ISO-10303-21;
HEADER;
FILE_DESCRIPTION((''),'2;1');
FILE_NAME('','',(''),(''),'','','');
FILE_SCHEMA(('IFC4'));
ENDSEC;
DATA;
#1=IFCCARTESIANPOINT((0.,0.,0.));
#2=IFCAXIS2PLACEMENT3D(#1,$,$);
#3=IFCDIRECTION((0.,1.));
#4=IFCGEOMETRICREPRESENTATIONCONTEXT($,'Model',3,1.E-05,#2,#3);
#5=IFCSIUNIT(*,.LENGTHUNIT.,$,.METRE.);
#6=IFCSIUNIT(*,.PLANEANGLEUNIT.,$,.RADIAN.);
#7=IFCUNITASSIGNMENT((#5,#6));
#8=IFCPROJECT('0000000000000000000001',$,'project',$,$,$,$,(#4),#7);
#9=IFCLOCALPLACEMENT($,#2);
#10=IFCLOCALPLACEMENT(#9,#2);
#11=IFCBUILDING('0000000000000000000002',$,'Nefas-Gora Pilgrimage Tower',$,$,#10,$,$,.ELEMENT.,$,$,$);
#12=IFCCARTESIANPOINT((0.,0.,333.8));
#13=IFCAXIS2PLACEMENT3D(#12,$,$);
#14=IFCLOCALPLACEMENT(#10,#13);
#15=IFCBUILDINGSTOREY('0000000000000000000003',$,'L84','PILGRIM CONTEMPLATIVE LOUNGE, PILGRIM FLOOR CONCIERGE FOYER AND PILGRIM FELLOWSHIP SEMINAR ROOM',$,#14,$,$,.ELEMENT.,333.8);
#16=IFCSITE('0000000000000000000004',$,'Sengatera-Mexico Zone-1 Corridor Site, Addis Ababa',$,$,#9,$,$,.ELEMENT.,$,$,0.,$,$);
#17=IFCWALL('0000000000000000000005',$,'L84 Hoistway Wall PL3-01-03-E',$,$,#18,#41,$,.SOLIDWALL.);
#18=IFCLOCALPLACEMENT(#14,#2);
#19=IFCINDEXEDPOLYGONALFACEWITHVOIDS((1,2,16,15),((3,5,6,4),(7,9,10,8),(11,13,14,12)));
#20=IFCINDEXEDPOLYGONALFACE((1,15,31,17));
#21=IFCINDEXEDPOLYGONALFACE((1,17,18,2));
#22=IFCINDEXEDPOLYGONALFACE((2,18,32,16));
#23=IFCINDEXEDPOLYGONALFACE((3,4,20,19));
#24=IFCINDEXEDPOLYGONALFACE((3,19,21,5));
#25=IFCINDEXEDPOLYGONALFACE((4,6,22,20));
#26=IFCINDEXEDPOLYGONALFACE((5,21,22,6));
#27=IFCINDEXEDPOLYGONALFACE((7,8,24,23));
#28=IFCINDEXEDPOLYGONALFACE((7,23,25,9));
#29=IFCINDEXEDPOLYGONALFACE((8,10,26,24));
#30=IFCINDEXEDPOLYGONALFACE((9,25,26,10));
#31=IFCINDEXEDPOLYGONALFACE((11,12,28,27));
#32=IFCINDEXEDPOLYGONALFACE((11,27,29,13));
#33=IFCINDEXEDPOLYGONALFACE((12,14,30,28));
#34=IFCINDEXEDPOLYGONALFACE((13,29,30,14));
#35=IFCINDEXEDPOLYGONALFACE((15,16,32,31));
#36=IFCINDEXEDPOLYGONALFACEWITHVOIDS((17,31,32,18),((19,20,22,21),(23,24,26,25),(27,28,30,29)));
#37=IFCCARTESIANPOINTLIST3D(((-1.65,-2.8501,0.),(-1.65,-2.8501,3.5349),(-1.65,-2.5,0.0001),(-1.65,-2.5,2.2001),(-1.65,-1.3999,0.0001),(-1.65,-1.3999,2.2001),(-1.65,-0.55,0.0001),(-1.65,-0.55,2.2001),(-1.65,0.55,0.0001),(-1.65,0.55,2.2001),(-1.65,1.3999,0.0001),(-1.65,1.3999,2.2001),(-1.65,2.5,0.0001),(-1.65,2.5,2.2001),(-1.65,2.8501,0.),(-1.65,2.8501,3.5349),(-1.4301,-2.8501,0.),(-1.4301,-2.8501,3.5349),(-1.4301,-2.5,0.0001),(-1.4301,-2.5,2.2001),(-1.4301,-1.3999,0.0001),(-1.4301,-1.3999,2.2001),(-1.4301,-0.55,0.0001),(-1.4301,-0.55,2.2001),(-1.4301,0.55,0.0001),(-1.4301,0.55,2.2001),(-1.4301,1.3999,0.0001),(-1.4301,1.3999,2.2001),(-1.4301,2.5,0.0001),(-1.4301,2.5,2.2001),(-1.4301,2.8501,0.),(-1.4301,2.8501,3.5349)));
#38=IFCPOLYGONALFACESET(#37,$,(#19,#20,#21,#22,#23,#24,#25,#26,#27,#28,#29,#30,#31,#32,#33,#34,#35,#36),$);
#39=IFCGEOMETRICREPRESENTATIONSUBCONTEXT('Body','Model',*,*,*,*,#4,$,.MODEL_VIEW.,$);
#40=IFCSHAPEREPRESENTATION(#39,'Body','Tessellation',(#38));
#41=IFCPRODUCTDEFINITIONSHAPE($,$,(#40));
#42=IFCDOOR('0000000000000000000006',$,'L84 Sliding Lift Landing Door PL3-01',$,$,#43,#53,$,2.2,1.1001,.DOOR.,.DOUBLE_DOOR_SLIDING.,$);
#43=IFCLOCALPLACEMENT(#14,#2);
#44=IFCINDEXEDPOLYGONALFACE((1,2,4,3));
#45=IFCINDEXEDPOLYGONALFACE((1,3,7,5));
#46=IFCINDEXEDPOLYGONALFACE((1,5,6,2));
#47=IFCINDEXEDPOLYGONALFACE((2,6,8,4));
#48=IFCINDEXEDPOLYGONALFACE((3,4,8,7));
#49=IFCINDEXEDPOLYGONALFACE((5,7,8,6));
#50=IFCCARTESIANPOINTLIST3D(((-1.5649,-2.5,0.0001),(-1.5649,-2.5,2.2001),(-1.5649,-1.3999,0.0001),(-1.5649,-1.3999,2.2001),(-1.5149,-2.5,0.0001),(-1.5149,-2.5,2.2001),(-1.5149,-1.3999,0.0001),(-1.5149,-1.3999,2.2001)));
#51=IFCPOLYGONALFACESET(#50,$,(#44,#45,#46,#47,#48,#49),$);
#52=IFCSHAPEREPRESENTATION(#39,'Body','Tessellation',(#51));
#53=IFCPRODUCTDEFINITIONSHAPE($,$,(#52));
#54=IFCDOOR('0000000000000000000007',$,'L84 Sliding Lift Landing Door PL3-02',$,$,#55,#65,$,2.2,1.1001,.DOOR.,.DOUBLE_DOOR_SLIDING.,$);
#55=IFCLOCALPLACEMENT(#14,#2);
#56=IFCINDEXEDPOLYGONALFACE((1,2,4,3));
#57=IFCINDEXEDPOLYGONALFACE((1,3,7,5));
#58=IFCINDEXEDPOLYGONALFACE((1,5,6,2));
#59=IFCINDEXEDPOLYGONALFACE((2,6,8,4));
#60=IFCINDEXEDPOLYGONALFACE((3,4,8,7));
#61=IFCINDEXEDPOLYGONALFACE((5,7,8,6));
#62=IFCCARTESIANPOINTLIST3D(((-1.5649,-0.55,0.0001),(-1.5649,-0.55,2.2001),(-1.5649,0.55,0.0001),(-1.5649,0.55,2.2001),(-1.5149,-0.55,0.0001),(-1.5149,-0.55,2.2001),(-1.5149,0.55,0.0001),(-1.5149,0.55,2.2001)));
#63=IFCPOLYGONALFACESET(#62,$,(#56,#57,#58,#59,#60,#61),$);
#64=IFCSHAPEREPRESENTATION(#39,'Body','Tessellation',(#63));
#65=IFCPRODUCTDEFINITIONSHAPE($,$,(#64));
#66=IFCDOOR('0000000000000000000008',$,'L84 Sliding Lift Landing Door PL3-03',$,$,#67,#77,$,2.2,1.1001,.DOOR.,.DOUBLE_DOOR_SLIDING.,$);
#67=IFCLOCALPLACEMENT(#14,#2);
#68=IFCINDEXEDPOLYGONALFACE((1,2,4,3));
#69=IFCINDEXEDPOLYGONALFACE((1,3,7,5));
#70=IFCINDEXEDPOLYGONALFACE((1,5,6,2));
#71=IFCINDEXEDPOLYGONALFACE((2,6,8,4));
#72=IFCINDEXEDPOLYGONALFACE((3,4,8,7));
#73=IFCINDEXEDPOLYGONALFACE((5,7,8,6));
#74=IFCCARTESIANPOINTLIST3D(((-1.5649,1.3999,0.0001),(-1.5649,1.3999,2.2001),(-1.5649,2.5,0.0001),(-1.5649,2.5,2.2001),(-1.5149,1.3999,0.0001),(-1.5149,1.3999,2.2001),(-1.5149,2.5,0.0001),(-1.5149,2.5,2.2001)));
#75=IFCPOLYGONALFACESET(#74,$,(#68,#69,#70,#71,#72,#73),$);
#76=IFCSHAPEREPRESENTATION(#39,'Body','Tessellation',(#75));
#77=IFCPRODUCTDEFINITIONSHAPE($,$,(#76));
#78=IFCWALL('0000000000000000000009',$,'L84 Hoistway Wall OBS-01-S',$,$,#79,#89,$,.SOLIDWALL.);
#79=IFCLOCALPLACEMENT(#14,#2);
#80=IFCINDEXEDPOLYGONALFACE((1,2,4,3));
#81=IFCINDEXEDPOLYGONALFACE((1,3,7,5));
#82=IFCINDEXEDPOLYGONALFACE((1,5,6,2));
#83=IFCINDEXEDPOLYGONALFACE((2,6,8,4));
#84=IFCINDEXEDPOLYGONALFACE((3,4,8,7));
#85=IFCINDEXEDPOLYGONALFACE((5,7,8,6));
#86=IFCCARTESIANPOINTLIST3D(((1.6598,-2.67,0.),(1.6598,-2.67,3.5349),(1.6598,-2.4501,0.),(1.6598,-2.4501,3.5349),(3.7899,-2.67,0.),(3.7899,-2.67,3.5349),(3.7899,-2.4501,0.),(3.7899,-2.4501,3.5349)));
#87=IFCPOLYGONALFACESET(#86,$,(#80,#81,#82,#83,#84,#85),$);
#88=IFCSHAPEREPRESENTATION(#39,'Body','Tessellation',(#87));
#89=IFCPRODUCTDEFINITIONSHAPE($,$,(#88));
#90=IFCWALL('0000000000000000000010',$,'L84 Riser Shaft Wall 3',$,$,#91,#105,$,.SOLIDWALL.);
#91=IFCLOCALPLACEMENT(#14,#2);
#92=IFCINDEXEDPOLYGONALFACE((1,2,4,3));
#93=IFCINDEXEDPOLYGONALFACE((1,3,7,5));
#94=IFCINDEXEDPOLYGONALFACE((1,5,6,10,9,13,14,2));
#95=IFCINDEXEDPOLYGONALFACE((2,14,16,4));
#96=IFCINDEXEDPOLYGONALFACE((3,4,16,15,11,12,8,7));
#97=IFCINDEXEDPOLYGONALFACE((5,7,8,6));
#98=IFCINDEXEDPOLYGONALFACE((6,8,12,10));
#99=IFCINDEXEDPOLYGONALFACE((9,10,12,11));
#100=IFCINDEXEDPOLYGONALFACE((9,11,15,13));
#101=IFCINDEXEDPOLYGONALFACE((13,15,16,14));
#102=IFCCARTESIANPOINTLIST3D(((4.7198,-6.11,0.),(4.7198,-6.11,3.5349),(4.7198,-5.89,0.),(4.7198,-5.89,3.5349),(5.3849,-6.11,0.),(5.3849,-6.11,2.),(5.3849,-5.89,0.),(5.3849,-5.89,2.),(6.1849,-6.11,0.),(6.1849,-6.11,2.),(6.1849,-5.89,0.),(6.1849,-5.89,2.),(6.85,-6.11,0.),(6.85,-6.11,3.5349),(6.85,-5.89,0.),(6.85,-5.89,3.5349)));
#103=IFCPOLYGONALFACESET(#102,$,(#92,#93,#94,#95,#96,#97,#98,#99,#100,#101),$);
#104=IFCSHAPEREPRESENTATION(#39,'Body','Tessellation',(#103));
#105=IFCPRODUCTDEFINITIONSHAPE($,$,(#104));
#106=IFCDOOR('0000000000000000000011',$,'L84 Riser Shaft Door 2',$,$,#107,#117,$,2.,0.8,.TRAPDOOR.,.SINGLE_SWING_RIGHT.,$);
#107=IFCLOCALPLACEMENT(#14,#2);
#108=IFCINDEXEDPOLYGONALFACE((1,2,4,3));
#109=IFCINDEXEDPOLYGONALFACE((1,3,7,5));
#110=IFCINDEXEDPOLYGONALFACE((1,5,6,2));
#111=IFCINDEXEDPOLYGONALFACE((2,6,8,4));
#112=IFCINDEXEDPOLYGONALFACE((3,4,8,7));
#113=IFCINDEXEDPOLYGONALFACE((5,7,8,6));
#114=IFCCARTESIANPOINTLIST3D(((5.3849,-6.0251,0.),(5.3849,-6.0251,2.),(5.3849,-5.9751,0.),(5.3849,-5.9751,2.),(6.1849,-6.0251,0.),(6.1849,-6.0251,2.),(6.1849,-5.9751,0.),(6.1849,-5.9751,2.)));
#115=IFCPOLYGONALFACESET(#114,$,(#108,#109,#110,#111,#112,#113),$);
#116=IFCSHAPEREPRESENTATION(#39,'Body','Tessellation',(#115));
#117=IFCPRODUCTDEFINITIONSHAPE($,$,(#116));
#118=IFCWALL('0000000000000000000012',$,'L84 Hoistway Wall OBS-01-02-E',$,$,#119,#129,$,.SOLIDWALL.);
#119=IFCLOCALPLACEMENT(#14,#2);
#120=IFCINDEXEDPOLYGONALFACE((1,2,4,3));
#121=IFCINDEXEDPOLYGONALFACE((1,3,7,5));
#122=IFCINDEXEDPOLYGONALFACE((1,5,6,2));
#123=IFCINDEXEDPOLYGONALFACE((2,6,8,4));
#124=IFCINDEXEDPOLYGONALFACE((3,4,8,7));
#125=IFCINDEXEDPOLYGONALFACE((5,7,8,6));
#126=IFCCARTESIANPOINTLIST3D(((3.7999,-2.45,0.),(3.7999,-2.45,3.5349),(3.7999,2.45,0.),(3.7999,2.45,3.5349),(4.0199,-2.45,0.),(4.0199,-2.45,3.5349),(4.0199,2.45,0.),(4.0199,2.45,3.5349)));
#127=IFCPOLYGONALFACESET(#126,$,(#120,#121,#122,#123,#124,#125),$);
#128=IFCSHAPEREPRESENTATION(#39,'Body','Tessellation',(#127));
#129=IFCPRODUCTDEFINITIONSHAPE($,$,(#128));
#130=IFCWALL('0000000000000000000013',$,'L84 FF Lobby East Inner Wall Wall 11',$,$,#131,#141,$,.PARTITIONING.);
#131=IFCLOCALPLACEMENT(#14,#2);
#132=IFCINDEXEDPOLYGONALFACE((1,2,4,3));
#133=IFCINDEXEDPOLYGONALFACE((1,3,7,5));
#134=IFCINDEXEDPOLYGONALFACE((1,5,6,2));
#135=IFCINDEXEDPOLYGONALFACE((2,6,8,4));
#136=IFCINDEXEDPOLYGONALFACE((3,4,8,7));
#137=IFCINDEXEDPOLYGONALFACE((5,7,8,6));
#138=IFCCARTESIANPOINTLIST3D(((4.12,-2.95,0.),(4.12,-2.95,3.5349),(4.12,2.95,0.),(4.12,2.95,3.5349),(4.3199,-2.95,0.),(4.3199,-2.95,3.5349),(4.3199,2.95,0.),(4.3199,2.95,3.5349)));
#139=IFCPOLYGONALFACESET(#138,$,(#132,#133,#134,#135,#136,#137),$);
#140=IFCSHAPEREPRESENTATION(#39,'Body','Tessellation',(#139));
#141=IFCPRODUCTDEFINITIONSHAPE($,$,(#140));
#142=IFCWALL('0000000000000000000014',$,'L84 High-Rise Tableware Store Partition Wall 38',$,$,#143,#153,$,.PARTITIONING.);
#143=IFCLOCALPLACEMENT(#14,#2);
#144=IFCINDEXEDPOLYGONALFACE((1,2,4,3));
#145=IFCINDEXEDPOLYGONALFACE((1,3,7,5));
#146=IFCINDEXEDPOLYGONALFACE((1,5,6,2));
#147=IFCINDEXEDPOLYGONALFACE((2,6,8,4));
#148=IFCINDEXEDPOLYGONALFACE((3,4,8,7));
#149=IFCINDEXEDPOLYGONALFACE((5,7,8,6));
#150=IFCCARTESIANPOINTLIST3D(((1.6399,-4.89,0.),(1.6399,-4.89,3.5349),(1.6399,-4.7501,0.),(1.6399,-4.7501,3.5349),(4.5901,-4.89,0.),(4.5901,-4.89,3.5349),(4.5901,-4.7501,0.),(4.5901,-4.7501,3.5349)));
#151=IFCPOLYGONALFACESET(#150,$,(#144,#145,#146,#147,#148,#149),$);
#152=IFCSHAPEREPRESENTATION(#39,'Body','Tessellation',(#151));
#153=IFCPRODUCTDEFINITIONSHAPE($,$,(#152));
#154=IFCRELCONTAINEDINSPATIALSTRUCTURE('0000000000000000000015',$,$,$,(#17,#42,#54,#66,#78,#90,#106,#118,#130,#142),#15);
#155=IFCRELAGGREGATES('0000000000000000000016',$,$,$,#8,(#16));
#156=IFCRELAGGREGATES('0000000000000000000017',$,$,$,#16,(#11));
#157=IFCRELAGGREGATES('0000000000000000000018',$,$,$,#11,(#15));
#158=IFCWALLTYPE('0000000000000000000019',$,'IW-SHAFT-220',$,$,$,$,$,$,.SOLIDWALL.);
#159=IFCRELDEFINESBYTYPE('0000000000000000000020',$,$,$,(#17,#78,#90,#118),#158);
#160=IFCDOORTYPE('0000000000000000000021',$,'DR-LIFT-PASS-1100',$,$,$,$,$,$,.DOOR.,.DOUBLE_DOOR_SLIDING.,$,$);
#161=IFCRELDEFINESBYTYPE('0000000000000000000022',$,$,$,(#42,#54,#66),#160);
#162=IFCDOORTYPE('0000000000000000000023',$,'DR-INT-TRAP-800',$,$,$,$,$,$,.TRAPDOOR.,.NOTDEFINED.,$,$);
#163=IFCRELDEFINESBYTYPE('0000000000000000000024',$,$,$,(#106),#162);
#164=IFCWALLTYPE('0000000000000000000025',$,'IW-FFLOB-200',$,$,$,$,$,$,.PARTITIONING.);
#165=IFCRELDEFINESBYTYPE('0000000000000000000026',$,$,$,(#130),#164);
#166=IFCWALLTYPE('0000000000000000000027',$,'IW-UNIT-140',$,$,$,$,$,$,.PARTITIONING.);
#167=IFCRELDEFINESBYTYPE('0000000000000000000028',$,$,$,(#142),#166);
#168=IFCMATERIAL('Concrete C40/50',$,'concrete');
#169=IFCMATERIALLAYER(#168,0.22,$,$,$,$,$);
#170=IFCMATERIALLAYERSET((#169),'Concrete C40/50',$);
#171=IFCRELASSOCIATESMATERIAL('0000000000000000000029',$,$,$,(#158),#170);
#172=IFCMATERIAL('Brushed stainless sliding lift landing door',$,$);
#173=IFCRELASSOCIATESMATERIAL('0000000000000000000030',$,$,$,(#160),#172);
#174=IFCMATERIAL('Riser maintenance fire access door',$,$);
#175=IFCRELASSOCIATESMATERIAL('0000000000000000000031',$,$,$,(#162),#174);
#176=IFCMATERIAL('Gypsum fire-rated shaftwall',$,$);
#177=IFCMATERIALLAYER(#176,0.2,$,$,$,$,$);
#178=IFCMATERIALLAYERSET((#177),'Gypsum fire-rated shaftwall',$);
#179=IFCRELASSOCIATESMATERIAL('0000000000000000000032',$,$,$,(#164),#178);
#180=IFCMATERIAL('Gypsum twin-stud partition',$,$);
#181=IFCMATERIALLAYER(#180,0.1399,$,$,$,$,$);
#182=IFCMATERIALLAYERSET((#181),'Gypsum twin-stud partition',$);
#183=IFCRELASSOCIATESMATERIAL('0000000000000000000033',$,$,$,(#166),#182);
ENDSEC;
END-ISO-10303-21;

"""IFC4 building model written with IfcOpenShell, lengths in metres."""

from ifc_helpers import new_model, si_unit, direction, frame, frame_2d, origin, place, context, subcontext, project, spatial, rectangle, extrude, source, transform, mapped, material, layer, layer_set, type_object, element, fill, save


model = new_model("IFC4")

# Units and contexts
model_context = context("Model", 3, precision=1e-05, world=origin(), true_north=direction((0.0, 1.0)))
body_context = subcontext(model_context, "Body", "Model", "MODEL_VIEW")
ifc_project = project(units=[si_unit("LENGTHUNIT", "METRE"), si_unit("PLANEANGLEUNIT", "RADIAN")], contexts=[model_context])

# Site, building, storey
site_placement = place(None, origin())
site = spatial("IfcSite", under=ifc_project, at=site_placement, Name="Sengatera-Mexico Zone-1 Corridor Site, Addis Ababa", CompositionType="ELEMENT", RefElevation=0.0)
building_placement = place(site_placement, origin())
building = spatial("IfcBuilding", under=site, at=building_placement, Name="Nefas-Gora Pilgrimage Tower", CompositionType="ELEMENT")
storey_placement = place(building_placement, frame((0.0, 0.0, 333.8)))
storey = spatial("IfcBuildingStorey", under=building, at=storey_placement, Name="L84", Description="PILGRIM CONTEMPLATIVE LOUNGE, PILGRIM FLOOR CONCIERGE FOYER AND PILGRIM FELLOWSHIP SEMINAR ROOM", CompositionType="ELEMENT", Elevation=333.8)

# Shared definitions
ifc_material_1 = material(Name="Concrete C40/50", Category="concrete")
ifc_layer_1 = layer(ifc_material_1, 0.22)
ifc_layer_set_1 = layer_set([ifc_layer_1], Name="Concrete C40/50")
wall_type_1 = type_object("IfcWallType", Name="IW-SHAFT-220", PredefinedType="SOLIDWALL", material=ifc_layer_set_1)

# Wall, openings, doors
shared_shape_1 = source(origin(), body_context, "Body", "SweptSolid", [
    extrude(rectangle(XDim=5.7002, YDim=0.22, at=frame_2d((2.8501, 0.0))), origin(), (0.0, 0.0, 1.0), 3.5349),
])
wall_1_placement = place(storey_placement, frame((-1.54, -2.8501, 0.0), z_axis=(0.0, 0.0, 1.0), x_axis=(0.0, 1.0, 0.0)))
wall_1 = element("IfcWall", 1, at=wall_1_placement, inside=storey, type_object=wall_type_1, Name="L84 Hoistway Wall PL3-01-03-E", PredefinedType="SOLIDWALL", context=body_context, shape_type="MappedRepresentation", body=[
    mapped(shared_shape_1, transform((0.0, 0.0, 0.0), x_axis=(1.0, 0.0, 0.0), y_axis=(0.0, 1.0, 0.0), z_axis=(0.0, 0.0, 1.0), scale=1.0)),
])
opening_1_placement = place(wall_1_placement, frame((0.3501, 0.0, 0.0)))
opening_1 = element("IfcOpeningElement", 2, at=opening_1_placement, cuts=wall_1, PredefinedType="OPENING", context=body_context, shape_type="SweptSolid", body=[
    extrude(rectangle(XDim=1.1001, YDim=2.2, at=frame_2d((0.55, 1.1001))), frame((0.0, 0.1199, 0.0), z_axis=(0.0, -1.0, 0.0), x_axis=(1.0, 0.0, 0.0)), (0.0, 0.0, 1.0), 0.24),
])
opening_2_placement = place(wall_1_placement, frame((2.3, 0.0, 0.0)))
opening_2 = element("IfcOpeningElement", 3, at=opening_2_placement, cuts=wall_1, PredefinedType="OPENING", context=body_context, shape_type="SweptSolid", body=[
    extrude(rectangle(XDim=1.1001, YDim=2.2, at=frame_2d((0.55, 1.1001))), frame((0.0, 0.1199, 0.0), z_axis=(0.0, -1.0, 0.0), x_axis=(1.0, 0.0, 0.0)), (0.0, 0.0, 1.0), 0.24),
])
opening_3_placement = place(wall_1_placement, frame((4.25, 0.0, 0.0)))
opening_3 = element("IfcOpeningElement", 4, at=opening_3_placement, cuts=wall_1, PredefinedType="OPENING", context=body_context, shape_type="SweptSolid", body=[
    extrude(rectangle(XDim=1.1001, YDim=2.2, at=frame_2d((0.55, 1.1001))), frame((0.0, 0.1199, 0.0), z_axis=(0.0, -1.0, 0.0), x_axis=(1.0, 0.0, 0.0)), (0.0, 0.0, 1.0), 0.24),
])
ifc_material_2 = material(Name="Brushed stainless sliding lift landing door")
door_type_1 = type_object("IfcDoorType", Name="DR-LIFT-PASS-1100", OperationType="DOUBLE_DOOR_SLIDING", PredefinedType="DOOR", material=ifc_material_2)
shared_shape_2 = source(origin(), body_context, "Body", "SweptSolid", [
    extrude(rectangle(XDim=1.1001, YDim=2.2, at=frame_2d((0.55, 1.1001))), frame((0.0, 0.0249, 0.0), z_axis=(0.0, -1.0, 0.0), x_axis=(1.0, 0.0, 0.0)), (0.0, 0.0, 1.0), 0.05),
])
door_1_placement = place(opening_1_placement, origin())
door_1 = element("IfcDoor", 5, at=door_1_placement, inside=storey, type_object=door_type_1, Name="L84 Sliding Lift Landing Door PL3-01", OperationType="DOUBLE_DOOR_SLIDING", OverallHeight=2.2, OverallWidth=1.1001, PredefinedType="DOOR", context=body_context, shape_type="MappedRepresentation", body=[
    mapped(shared_shape_2, transform((0.0, 0.0, 0.0), x_axis=(1.0, 0.0, 0.0), y_axis=(0.0, 1.0, 0.0), z_axis=(0.0, 0.0, 1.0), scale=1.0)),
])
fill(opening_1, door_1)
door_2_placement = place(opening_2_placement, origin())
door_2 = element("IfcDoor", 6, at=door_2_placement, inside=storey, type_object=door_type_1, Name="L84 Sliding Lift Landing Door PL3-02", OperationType="DOUBLE_DOOR_SLIDING", OverallHeight=2.2, OverallWidth=1.1001, PredefinedType="DOOR", context=body_context, shape_type="MappedRepresentation", body=[
    mapped(shared_shape_2, transform((0.0, 0.0, 0.0), x_axis=(1.0, 0.0, 0.0), y_axis=(0.0, 1.0, 0.0), z_axis=(0.0, 0.0, 1.0), scale=1.0)),
])
fill(opening_2, door_2)
door_3_placement = place(opening_3_placement, origin())
door_3 = element("IfcDoor", 7, at=door_3_placement, inside=storey, type_object=door_type_1, Name="L84 Sliding Lift Landing Door PL3-03", OperationType="DOUBLE_DOOR_SLIDING", OverallHeight=2.2, OverallWidth=1.1001, PredefinedType="DOOR", context=body_context, shape_type="MappedRepresentation", body=[
    mapped(shared_shape_2, transform((0.0, 0.0, 0.0), x_axis=(1.0, 0.0, 0.0), y_axis=(0.0, 1.0, 0.0), z_axis=(0.0, 0.0, 1.0), scale=1.0)),
])
fill(opening_3, door_3)

# Wall
shared_shape_3 = source(origin(), body_context, "Body", "SweptSolid", [
    extrude(rectangle(XDim=2.1301, YDim=0.22, at=frame_2d((1.0649, 0.0))), origin(), (0.0, 0.0, 1.0), 3.5349),
])
wall_2_placement = place(storey_placement, frame((1.6599, -2.5601, 0.0), z_axis=(0.0, 0.0, 1.0), x_axis=(1.0, 0.0, 0.0)))
element("IfcWall", 8, at=wall_2_placement, inside=storey, type_object=wall_type_1, Name="L84 Hoistway Wall OBS-01-S", PredefinedType="SOLIDWALL", context=body_context, shape_type="MappedRepresentation", body=[
    mapped(shared_shape_3, transform((0.0, 0.0, 0.0), x_axis=(1.0, 0.0, 0.0), y_axis=(0.0, 1.0, 0.0), z_axis=(0.0, 0.0, 1.0), scale=1.0)),
])

# Wall, opening, door
wall_3_placement = place(storey_placement, frame((4.72, -6.0, 0.0), z_axis=(0.0, 0.0, 1.0), x_axis=(1.0, 0.0, 0.0)))
wall_3 = element("IfcWall", 9, at=wall_3_placement, inside=storey, type_object=wall_type_1, Name="L84 Riser Shaft Wall 3", PredefinedType="SOLIDWALL", context=body_context, shape_type="MappedRepresentation", body=[
    mapped(shared_shape_3, transform((0.0, 0.0, 0.0), x_axis=(1.0, 0.0, 0.0), y_axis=(0.0, 1.0, 0.0), z_axis=(0.0, 0.0, 1.0), scale=1.0)),
])
opening_4_placement = place(wall_3_placement, frame((0.665, 0.0, 0.0)))
opening_4 = element("IfcOpeningElement", 10, at=opening_4_placement, cuts=wall_3, PredefinedType="OPENING", context=body_context, shape_type="SweptSolid", body=[
    extrude(rectangle(XDim=0.8, YDim=2.0, at=frame_2d((0.3999, 1.0))), frame((0.0, 0.1199, 0.0), z_axis=(0.0, -1.0, 0.0), x_axis=(1.0, 0.0, 0.0)), (0.0, 0.0, 1.0), 0.24),
])
ifc_material_3 = material(Name="Riser maintenance fire access door")
door_type_2 = type_object("IfcDoorType", Name="DR-INT-TRAP-800", OperationType="NOTDEFINED", PredefinedType="TRAPDOOR", material=ifc_material_3)
shared_shape_4 = source(origin(), body_context, "Body", "SweptSolid", [
    extrude(rectangle(XDim=0.8, YDim=2.0, at=frame_2d((0.3999, 1.0))), frame((0.0, 0.0249, 0.0), z_axis=(0.0, -1.0, 0.0), x_axis=(1.0, 0.0, 0.0)), (0.0, 0.0, 1.0), 0.05),
])
door_4_placement = place(opening_4_placement, origin())
door_4 = element("IfcDoor", 11, at=door_4_placement, inside=storey, type_object=door_type_2, Name="L84 Riser Shaft Door 2", OperationType="SINGLE_SWING_RIGHT", OverallHeight=2.0, OverallWidth=0.8, PredefinedType="TRAPDOOR", context=body_context, shape_type="MappedRepresentation", body=[
    mapped(shared_shape_4, transform((0.0, 0.0, 0.0), x_axis=(1.0, 0.0, 0.0), y_axis=(0.0, 1.0, 0.0), z_axis=(0.0, 0.0, 1.0), scale=1.0)),
])
fill(opening_4, door_4)

# Walls
shared_shape_5 = source(origin(), body_context, "Body", "SweptSolid", [
    extrude(rectangle(XDim=4.8999, YDim=0.22, at=frame_2d((2.45, 0.0))), origin(), (0.0, 0.0, 1.0), 3.5349),
])
wall_4_placement = place(storey_placement, frame((3.9099, -2.45, 0.0), z_axis=(0.0, 0.0, 1.0), x_axis=(0.0, 1.0, 0.0)))
element("IfcWall", 12, at=wall_4_placement, inside=storey, type_object=wall_type_1, Name="L84 Hoistway Wall OBS-01-02-E", PredefinedType="SOLIDWALL", context=body_context, shape_type="MappedRepresentation", body=[
    mapped(shared_shape_5, transform((0.0, 0.0, 0.0), x_axis=(1.0, 0.0, 0.0), y_axis=(0.0, 1.0, 0.0), z_axis=(0.0, 0.0, 1.0), scale=1.0)),
])
ifc_material_4 = material(Name="Gypsum fire-rated shaftwall")
ifc_layer_2 = layer(ifc_material_4, 0.2)
ifc_layer_set_2 = layer_set([ifc_layer_2], Name="Gypsum fire-rated shaftwall")
wall_type_2 = type_object("IfcWallType", Name="IW-FFLOB-200", PredefinedType="PARTITIONING", material=ifc_layer_set_2)
shared_shape_6 = source(origin(), body_context, "Body", "SweptSolid", [
    extrude(rectangle(XDim=5.8999, YDim=0.2, at=frame_2d((2.95, 0.0))), origin(), (0.0, 0.0, 1.0), 3.5349),
])
wall_5_placement = place(storey_placement, frame((4.22, -2.95, 0.0), z_axis=(0.0, 0.0, 1.0), x_axis=(0.0, 1.0, 0.0)))
element("IfcWall", 13, at=wall_5_placement, inside=storey, type_object=wall_type_2, Name="L84 FF Lobby East Inner Wall Wall 11", PredefinedType="PARTITIONING", context=body_context, shape_type="MappedRepresentation", body=[
    mapped(shared_shape_6, transform((0.0, 0.0, 0.0), x_axis=(1.0, 0.0, 0.0), y_axis=(0.0, 1.0, 0.0), z_axis=(0.0, 0.0, 1.0), scale=1.0)),
])
ifc_material_5 = material(Name="Gypsum twin-stud partition")
ifc_layer_3 = layer(ifc_material_5, 0.1399)
ifc_layer_set_3 = layer_set([ifc_layer_3], Name="Gypsum twin-stud partition")
wall_type_3 = type_object("IfcWallType", Name="IW-UNIT-140", PredefinedType="PARTITIONING", material=ifc_layer_set_3)
shared_shape_7 = source(origin(), body_context, "Body", "SweptSolid", [
    extrude(rectangle(XDim=2.9502, YDim=0.1399, at=frame_2d((1.4751, 0.0))), origin(), (0.0, 0.0, 1.0), 3.5349),
])
wall_6_placement = place(storey_placement, frame((1.6399, -4.8201, 0.0), z_axis=(0.0, 0.0, 1.0), x_axis=(1.0, 0.0, 0.0)))
element("IfcWall", 14, at=wall_6_placement, inside=storey, type_object=wall_type_3, Name="L84 High-Rise Tableware Store Partition Wall 38", PredefinedType="PARTITIONING", context=body_context, shape_type="MappedRepresentation", body=[
    mapped(shared_shape_7, transform((0.0, 0.0, 0.0), x_axis=(1.0, 0.0, 0.0), y_axis=(0.0, 1.0, 0.0), z_axis=(0.0, 0.0, 1.0), scale=1.0)),
])

save(model, "model.ifc")
